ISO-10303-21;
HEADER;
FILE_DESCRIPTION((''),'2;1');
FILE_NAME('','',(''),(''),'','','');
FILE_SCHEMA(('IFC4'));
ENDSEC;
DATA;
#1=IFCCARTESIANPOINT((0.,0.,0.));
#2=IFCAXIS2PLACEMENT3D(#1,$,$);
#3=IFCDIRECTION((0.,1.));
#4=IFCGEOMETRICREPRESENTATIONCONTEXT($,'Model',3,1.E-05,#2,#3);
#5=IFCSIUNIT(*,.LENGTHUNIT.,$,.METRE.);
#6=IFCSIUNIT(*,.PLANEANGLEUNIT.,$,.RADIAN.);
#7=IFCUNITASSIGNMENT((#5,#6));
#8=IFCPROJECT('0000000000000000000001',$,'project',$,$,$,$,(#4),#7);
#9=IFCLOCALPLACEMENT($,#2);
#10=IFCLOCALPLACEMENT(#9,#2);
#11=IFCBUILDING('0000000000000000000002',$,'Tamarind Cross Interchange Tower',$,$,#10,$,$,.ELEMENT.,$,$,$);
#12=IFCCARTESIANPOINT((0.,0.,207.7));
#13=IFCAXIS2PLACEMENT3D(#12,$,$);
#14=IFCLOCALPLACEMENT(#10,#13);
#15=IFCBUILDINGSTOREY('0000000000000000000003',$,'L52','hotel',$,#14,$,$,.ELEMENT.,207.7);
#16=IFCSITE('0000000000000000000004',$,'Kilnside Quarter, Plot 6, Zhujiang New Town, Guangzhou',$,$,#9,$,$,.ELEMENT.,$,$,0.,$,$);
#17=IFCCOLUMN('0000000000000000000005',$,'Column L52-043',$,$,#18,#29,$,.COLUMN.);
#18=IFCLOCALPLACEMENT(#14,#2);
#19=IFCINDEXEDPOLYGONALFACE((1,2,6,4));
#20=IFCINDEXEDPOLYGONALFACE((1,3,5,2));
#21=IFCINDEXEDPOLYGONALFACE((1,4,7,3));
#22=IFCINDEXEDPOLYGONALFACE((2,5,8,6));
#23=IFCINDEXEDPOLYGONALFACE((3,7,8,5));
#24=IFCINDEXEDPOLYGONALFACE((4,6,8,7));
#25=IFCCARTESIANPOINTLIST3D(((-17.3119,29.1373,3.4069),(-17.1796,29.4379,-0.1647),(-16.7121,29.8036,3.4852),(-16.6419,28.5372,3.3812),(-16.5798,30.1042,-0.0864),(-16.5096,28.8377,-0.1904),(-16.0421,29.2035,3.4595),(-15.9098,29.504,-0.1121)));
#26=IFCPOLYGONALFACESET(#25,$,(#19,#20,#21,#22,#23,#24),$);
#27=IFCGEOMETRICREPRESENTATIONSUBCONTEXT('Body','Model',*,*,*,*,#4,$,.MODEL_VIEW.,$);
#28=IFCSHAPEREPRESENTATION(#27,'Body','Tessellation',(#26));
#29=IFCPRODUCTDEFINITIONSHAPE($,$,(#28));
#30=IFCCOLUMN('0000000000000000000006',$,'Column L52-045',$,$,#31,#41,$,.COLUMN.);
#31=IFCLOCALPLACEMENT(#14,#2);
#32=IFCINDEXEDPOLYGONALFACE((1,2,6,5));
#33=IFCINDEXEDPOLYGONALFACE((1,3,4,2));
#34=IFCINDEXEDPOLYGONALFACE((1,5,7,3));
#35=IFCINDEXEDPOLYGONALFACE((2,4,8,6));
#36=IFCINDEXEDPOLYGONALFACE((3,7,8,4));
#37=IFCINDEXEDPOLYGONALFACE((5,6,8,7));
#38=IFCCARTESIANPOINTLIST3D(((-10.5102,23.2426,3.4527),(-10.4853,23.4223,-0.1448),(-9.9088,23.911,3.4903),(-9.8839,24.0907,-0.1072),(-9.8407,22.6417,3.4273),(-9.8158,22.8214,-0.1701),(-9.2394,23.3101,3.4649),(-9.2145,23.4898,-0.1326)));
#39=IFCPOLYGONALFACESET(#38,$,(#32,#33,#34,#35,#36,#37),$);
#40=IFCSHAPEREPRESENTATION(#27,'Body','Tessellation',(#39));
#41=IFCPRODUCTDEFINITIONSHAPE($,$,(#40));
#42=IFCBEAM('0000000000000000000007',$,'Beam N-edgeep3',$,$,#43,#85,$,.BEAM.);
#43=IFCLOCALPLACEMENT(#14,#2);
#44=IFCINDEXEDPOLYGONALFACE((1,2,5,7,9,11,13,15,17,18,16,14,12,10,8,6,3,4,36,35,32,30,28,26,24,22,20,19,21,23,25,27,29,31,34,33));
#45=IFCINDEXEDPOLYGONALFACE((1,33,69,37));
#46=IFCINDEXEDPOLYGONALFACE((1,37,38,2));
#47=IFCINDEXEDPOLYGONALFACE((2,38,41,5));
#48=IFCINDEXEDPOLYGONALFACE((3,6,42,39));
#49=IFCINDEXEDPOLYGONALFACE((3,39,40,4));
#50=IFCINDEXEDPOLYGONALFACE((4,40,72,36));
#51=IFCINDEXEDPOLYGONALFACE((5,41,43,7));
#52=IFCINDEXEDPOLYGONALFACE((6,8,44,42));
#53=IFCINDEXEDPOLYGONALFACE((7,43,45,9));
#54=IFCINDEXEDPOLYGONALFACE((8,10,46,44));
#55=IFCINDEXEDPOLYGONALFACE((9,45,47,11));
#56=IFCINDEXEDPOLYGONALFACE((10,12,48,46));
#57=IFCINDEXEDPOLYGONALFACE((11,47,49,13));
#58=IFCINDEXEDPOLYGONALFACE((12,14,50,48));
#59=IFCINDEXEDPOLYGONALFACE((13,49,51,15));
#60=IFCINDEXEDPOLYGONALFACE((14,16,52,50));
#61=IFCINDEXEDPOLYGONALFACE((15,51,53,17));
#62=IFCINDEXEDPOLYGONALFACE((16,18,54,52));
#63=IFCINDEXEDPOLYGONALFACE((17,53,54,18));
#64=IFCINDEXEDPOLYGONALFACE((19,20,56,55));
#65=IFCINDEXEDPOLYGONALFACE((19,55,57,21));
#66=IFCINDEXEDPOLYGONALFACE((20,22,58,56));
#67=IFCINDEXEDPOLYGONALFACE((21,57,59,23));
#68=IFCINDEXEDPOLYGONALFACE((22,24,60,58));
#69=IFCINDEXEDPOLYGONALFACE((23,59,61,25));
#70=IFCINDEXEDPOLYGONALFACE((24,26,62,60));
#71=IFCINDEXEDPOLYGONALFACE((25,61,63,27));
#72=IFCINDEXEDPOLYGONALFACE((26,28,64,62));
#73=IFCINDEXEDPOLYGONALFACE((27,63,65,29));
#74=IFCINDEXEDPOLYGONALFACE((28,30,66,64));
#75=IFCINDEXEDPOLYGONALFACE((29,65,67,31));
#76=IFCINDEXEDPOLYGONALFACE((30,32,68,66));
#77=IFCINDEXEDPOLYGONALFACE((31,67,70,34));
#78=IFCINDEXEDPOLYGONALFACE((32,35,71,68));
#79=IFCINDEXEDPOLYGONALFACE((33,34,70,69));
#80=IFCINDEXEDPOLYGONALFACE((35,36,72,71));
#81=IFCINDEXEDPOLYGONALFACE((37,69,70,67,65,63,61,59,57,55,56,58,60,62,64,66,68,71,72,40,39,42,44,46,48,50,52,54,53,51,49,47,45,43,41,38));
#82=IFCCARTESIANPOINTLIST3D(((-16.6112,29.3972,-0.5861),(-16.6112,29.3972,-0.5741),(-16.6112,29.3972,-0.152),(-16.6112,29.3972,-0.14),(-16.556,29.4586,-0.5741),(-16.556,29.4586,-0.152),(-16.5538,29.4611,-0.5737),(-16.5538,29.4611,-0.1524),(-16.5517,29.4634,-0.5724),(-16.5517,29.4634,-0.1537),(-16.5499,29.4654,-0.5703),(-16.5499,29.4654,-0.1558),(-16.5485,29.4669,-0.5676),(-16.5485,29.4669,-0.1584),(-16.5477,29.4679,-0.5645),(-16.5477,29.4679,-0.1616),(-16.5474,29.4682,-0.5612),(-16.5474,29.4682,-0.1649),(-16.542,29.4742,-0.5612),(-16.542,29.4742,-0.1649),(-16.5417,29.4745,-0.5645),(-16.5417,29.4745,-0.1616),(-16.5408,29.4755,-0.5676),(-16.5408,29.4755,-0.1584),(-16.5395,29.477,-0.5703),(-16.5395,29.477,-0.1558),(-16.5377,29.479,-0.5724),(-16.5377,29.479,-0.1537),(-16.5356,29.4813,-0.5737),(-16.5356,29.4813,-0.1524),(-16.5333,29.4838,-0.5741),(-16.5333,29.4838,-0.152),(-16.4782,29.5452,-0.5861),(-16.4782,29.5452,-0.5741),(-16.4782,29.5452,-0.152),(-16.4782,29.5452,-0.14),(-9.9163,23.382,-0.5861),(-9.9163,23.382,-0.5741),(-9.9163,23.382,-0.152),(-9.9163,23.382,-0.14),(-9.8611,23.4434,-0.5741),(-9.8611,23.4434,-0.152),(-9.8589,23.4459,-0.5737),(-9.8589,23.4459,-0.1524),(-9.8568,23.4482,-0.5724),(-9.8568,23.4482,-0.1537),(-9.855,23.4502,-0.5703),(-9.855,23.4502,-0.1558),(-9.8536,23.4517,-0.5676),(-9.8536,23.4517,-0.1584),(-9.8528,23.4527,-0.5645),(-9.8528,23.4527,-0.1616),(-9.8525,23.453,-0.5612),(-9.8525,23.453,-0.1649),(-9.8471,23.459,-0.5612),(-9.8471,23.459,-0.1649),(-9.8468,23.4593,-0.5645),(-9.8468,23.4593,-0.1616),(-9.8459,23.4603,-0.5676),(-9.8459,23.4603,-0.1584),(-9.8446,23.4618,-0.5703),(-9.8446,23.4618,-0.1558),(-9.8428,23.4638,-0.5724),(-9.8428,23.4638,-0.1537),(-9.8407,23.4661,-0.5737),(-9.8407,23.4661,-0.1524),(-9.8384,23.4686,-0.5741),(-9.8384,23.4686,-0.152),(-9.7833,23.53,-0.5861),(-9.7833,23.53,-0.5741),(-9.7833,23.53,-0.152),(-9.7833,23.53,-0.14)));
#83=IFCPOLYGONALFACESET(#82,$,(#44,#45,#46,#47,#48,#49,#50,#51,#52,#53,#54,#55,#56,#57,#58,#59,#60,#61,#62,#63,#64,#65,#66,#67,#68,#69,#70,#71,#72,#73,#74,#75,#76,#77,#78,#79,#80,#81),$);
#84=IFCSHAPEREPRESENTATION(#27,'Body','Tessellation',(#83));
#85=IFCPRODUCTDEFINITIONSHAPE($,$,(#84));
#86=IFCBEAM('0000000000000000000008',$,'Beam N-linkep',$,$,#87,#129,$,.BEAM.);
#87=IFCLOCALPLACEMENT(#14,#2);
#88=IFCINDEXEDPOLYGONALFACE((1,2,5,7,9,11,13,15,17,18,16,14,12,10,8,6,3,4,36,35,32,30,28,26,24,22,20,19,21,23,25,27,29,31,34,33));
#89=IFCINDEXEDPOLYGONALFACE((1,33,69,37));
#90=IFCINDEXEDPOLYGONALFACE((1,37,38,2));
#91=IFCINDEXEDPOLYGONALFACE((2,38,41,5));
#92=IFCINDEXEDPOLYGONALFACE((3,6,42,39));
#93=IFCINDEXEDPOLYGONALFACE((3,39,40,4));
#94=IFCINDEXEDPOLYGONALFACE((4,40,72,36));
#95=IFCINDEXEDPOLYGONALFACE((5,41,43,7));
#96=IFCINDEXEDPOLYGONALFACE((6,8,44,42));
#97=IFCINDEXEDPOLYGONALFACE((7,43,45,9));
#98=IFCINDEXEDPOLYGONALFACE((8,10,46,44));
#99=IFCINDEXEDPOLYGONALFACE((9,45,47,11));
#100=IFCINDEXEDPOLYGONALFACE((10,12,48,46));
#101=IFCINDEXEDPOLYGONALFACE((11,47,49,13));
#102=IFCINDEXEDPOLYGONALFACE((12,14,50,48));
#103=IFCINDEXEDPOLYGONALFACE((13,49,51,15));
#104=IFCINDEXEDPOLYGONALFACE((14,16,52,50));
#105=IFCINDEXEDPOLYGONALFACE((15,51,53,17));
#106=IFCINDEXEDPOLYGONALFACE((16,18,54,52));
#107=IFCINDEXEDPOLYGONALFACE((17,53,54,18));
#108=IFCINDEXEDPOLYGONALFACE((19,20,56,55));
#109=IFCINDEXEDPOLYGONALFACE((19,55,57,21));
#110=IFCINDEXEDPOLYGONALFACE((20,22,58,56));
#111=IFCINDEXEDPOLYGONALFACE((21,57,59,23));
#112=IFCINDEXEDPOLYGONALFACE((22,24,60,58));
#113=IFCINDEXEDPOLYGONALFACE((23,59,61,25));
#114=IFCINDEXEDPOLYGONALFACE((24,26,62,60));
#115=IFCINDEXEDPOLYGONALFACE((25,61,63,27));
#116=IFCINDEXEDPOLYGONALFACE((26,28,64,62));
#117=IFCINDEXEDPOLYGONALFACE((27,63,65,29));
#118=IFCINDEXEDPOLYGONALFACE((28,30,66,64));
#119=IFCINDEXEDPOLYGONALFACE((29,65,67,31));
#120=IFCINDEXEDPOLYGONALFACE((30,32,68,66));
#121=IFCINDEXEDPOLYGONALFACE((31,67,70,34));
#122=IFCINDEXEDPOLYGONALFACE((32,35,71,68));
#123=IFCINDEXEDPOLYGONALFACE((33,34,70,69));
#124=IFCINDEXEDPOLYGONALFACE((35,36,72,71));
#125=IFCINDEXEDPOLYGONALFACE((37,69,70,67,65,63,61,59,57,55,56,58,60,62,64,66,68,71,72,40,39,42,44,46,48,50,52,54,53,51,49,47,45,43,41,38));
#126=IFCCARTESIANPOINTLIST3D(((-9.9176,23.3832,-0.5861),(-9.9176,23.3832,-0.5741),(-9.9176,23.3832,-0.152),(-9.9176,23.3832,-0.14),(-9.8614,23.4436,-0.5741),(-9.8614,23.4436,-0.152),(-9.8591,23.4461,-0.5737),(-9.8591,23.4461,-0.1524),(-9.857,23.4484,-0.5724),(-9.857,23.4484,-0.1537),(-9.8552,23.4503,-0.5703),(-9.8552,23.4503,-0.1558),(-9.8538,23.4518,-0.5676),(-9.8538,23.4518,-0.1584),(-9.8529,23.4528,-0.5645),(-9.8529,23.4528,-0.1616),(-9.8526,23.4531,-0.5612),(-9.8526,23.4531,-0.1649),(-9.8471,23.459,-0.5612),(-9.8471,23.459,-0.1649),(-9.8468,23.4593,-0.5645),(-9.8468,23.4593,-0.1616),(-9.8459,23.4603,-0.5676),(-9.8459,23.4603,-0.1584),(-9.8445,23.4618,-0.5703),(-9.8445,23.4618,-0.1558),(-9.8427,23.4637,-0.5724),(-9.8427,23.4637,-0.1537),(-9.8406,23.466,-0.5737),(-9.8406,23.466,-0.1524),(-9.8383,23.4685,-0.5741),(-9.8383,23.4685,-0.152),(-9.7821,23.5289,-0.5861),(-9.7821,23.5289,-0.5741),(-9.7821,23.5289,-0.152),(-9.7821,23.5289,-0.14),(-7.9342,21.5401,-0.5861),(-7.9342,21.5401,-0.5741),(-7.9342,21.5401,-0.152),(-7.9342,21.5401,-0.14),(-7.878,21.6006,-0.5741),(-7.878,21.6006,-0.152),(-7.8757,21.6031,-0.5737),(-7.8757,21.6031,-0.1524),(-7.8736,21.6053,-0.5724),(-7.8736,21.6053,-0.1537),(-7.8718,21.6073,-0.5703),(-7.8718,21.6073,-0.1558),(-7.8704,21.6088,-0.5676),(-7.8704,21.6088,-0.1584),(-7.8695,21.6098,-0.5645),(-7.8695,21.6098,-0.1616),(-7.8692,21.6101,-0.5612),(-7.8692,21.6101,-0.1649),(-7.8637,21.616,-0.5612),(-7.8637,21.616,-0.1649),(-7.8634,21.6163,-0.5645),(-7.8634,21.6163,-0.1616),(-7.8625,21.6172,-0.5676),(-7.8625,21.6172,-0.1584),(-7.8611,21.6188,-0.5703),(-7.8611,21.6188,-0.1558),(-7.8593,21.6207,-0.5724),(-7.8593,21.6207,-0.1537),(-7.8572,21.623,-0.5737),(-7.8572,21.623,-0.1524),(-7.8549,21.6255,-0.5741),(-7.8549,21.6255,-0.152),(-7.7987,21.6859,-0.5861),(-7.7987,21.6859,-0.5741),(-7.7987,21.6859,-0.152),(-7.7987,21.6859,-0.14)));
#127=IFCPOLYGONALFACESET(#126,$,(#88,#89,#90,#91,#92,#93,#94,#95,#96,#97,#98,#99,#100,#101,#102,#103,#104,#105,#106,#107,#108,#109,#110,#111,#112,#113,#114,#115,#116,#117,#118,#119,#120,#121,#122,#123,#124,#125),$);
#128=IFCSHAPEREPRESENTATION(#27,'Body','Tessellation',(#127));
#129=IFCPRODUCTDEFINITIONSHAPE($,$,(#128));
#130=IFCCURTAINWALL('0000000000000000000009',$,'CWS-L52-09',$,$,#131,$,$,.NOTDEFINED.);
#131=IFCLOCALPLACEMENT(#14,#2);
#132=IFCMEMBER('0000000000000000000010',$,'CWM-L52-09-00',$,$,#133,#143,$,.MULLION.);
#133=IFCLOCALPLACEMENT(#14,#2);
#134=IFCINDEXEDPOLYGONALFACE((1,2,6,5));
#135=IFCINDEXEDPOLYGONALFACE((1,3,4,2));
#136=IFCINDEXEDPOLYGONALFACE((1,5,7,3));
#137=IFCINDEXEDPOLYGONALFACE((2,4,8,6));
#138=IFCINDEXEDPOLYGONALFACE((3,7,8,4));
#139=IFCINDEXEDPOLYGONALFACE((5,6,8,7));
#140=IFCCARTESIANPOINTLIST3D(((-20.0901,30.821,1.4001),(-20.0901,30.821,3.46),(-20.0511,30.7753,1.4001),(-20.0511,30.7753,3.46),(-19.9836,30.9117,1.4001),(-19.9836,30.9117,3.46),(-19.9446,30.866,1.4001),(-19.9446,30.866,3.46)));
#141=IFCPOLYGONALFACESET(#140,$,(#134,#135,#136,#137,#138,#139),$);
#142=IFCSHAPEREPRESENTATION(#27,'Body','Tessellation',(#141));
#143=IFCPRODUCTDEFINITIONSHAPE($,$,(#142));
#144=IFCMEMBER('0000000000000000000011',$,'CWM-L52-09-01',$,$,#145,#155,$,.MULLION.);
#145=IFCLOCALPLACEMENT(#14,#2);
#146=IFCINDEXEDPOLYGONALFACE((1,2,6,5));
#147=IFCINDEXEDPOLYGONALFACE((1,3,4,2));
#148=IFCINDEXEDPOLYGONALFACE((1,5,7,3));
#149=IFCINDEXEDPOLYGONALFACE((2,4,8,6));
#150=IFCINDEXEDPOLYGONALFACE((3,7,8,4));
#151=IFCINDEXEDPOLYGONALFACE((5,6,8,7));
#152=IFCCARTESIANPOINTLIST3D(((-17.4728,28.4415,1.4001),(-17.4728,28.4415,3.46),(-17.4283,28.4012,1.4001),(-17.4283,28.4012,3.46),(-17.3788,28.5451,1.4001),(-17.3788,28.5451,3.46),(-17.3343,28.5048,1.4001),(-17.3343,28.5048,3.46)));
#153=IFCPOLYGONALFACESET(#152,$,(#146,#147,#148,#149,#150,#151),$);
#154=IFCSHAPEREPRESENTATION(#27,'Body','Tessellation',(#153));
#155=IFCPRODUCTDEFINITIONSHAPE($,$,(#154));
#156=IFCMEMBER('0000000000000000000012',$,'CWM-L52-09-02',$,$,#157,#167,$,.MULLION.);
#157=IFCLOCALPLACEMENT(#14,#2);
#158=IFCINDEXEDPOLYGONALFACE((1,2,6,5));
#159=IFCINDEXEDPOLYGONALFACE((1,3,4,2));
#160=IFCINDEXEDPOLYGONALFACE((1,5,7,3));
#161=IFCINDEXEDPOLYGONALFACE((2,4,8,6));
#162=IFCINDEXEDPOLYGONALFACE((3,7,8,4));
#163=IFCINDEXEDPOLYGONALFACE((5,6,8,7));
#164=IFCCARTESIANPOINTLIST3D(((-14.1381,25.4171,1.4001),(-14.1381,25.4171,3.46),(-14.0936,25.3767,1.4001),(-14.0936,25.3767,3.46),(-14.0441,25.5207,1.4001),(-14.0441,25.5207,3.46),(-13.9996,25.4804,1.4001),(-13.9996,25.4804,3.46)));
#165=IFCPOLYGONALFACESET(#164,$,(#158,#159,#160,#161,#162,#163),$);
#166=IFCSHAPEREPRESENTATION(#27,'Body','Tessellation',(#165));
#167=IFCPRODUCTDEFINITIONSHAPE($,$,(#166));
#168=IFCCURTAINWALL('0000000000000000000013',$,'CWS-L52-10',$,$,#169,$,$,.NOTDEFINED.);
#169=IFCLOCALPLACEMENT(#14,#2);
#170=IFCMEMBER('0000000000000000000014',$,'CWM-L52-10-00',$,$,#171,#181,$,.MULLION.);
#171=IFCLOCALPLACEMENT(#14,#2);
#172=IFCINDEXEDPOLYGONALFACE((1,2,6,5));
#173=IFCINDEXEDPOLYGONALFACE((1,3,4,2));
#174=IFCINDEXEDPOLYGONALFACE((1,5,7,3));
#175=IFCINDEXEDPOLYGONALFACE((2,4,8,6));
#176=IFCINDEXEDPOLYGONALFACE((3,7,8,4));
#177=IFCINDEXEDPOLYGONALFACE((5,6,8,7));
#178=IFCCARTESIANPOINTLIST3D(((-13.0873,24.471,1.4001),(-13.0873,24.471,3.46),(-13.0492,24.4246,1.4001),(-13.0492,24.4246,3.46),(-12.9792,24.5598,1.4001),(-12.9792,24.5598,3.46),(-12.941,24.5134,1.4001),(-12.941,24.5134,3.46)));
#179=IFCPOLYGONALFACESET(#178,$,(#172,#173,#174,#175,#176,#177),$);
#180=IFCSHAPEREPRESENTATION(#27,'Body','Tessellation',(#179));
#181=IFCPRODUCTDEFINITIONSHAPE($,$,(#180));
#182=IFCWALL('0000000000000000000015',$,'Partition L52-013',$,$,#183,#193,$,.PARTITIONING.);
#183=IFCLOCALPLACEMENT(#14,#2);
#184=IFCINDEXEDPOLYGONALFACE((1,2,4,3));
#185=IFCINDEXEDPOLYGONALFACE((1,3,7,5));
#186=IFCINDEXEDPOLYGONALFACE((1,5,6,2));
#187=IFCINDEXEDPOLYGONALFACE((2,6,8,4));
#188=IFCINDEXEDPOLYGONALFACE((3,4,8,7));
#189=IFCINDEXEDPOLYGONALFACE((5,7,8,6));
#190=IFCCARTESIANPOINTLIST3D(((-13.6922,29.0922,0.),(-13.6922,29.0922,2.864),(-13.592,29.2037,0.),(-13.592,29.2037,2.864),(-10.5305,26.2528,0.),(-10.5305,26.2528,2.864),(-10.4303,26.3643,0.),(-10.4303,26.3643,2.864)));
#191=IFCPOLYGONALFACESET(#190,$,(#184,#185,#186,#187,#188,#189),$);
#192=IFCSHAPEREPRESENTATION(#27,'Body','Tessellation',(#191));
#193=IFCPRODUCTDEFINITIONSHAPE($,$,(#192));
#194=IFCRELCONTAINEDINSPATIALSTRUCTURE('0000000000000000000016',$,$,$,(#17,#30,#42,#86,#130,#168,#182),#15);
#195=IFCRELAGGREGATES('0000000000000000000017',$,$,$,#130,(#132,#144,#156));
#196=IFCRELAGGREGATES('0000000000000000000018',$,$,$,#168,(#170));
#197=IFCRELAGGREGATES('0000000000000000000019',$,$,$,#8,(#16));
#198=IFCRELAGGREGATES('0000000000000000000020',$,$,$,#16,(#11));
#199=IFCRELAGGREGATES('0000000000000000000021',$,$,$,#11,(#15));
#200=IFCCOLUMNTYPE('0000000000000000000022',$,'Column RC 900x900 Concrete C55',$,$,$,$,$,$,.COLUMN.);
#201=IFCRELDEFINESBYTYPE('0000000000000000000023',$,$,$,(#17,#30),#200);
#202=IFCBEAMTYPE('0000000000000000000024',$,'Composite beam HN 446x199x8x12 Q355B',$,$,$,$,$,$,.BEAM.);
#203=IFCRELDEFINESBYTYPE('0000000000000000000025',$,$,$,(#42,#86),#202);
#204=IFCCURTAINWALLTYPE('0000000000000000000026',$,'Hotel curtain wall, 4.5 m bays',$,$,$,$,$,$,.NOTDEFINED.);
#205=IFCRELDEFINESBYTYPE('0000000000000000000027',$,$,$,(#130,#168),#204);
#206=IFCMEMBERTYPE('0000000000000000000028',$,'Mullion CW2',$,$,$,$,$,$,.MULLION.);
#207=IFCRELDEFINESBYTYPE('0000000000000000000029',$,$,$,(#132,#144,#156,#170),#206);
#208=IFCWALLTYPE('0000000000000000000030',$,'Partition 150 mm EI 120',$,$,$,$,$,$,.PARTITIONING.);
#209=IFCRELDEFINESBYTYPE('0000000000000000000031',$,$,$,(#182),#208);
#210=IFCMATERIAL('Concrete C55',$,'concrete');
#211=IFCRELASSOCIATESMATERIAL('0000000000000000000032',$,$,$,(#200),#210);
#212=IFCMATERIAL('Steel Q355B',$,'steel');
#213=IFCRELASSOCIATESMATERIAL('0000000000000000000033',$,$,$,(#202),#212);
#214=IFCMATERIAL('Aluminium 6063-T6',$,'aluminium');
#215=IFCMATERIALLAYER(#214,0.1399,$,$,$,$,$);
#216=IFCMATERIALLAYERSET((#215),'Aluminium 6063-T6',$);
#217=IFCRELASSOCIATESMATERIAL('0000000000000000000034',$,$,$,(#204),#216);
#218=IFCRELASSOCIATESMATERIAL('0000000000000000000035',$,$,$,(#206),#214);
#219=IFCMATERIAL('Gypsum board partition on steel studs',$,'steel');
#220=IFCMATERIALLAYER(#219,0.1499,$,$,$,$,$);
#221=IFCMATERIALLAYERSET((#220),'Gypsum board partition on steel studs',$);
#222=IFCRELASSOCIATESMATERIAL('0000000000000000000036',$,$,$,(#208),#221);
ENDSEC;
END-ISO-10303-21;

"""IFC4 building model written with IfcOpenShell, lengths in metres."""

from ifc_helpers import new_model, si_unit, direction, frame, frame_2d, origin, origin_2d, place, context, subcontext, project, spatial, rectangle, i_section, extrude, material, layer, layer_set, material_profile, profile_set, type_object, element, aggregate, save


model = new_model("IFC4")

# Units and contexts
model_context = context("Model", 3, precision=1e-05, world=origin(), true_north=direction((0.0, 1.0)))
body_context = subcontext(model_context, "Body", "Model", "MODEL_VIEW")
ifc_project = project(units=[si_unit("LENGTHUNIT", "METRE"), si_unit("PLANEANGLEUNIT", "RADIAN")], contexts=[model_context])

# Site, building, storey
site_placement = place(None, origin())
site = spatial("IfcSite", under=ifc_project, at=site_placement, Name="Kilnside Quarter, Plot 6, Zhujiang New Town, Guangzhou", CompositionType="ELEMENT", RefElevation=0.0)
building_placement = place(site_placement, origin())
building = spatial("IfcBuilding", under=site, at=building_placement, Name="Tamarind Cross Interchange Tower", CompositionType="ELEMENT")
storey_placement = place(building_placement, frame((0.0, 0.0, 207.7)))
storey = spatial("IfcBuildingStorey", under=building, at=storey_placement, Name="L52", Description="hotel", CompositionType="ELEMENT", Elevation=207.7)

# Columns
ifc_material_1 = material(Name="Concrete C55", Category="concrete")
ifc_material_profile_1 = material_profile(ifc_material_1, rectangle(XDim=0.8999, YDim=0.8999, at=origin_2d()), Name="RC 900x900")
ifc_profile_set_1 = profile_set([ifc_material_profile_1], Name="Concrete C55")
column_type = type_object("IfcColumnType", Name="Column RC 900x900 Concrete C55", PredefinedType="COLUMN", material=ifc_profile_set_1)
column_1_placement = place(storey_placement, frame((-16.5447, 29.4709, -0.1384), z_axis=(-0.036894, -0.083794, 0.9958), x_axis=(0.666515, 0.740398, 0.086997)))
element("IfcColumn", 1, at=column_1_placement, inside=storey, type_object=column_type, Name="Column L52-043", PredefinedType="COLUMN", context=body_context, shape_type="SweptSolid", body=[
    extrude(rectangle(XDim=0.8999, YDim=0.8999, at=origin_2d()), origin(), (0.0, 0.0, 1.0), 3.5867),
])
column_2_placement = place(storey_placement, frame((-9.8499, 23.4561, -0.1387), z_axis=(-0.006914, -0.049886, 0.998731), x_axis=(0.668247, 0.742768, 0.041726)))
element("IfcColumn", 2, at=column_2_placement, inside=storey, type_object=column_type, Name="Column L52-045", PredefinedType="COLUMN", context=body_context, shape_type="SweptSolid", body=[
    extrude(rectangle(XDim=0.8999, YDim=0.8999, at=origin_2d()), origin(), (0.0, 0.0, 1.0), 3.6021),
])

# Beams
ifc_material_2 = material(Name="Steel Q355B", Category="steel")
ifc_material_profile_2 = material_profile(ifc_material_2, i_section(OverallWidth=0.199, OverallDepth=0.446, WebThickness=0.0081, FlangeThickness=0.012, FilletRadius=0.0129, at=origin_2d()), Name="HN 446x199x8x12")
ifc_profile_set_2 = profile_set([ifc_material_profile_2], Name="Steel Q355B")
beam_type = type_object("IfcBeamType", Name="Composite beam HN 446x199x8x12 Q355B", PredefinedType="BEAM", material=ifc_profile_set_2)
beam_1_placement = place(storey_placement, frame((-16.5447, 29.4712, -0.363), z_axis=(0.743858, -0.668338, 0.0), x_axis=(0.668338, 0.743858, 0.0)))
element("IfcBeam", 3, at=beam_1_placement, inside=storey, type_object=beam_type, Name="Beam N-edgeep3", PredefinedType="BEAM", context=body_context, shape_type="SweptSolid", body=[
    extrude(i_section(OverallWidth=0.199, OverallDepth=0.446, WebThickness=0.0081, FlangeThickness=0.012, FilletRadius=0.0129, at=origin_2d()), origin(), (0.0, 0.0, 1.0), 9.0002),
])
beam_2_placement = place(storey_placement, frame((-9.8499, 23.4561, -0.363), z_axis=(0.732556, -0.680707, 0.0), x_axis=(0.680707, 0.732556, 0.0)))
element("IfcBeam", 4, at=beam_2_placement, inside=storey, type_object=beam_type, Name="Beam N-linkep", PredefinedType="BEAM", context=body_context, shape_type="SweptSolid", body=[
    extrude(i_section(OverallWidth=0.199, OverallDepth=0.446, WebThickness=0.0081, FlangeThickness=0.012, FilletRadius=0.0129, at=origin_2d()), origin(), (0.0, 0.0, 1.0), 2.7075),
])

# Curtain wall, members
ifc_material_3 = material(Name="Aluminium 6063-T6", Category="aluminium")
ifc_layer_1 = layer(ifc_material_3, 0.1399)
ifc_layer_set_1 = layer_set([ifc_layer_1], Name="Aluminium 6063-T6")
curtain_wall_type = type_object("IfcCurtainWallType", Name="Hotel curtain wall, 4.5 m bays", PredefinedType="NOTDEFINED", material=ifc_layer_set_1)
curtain_wall_1_placement = place(storey_placement, origin())
curtain_wall_1 = element("IfcCurtainWall", 5, at=curtain_wall_1_placement, inside=storey, type_object=curtain_wall_type, Name="CWS-L52-09", PredefinedType="NOTDEFINED")
ifc_material_profile_3 = material_profile(ifc_material_3, rectangle(XDim=0.0601, YDim=0.1399, at=origin_2d()), Name="Mullion CW2")
ifc_profile_set_3 = profile_set([ifc_material_profile_3], Name="Aluminium 6063-T6")
member_type = type_object("IfcMemberType", Name="Mullion CW2", PredefinedType="MULLION", material=ifc_profile_set_3)
member_1_placement = place(storey_placement, frame((-20.0173, 30.8435, 1.4001), z_axis=(0.0, 0.0, 1.0), x_axis=(0.648488, -0.761225, 0.0)))
member_1 = element("IfcMember", 6, at=member_1_placement, type_object=member_type, Name="CWM-L52-09-00", PredefinedType="MULLION", context=body_context, shape_type="SweptSolid", body=[
    extrude(rectangle(XDim=0.0601, YDim=0.1399, at=origin_2d()), origin(), (0.0, 0.0, 1.0), 2.0598),
])
member_2_placement = place(storey_placement, frame((-17.4036, 28.4731, 1.4001), z_axis=(0.0, 0.0, 1.0), x_axis=(0.740741, -0.67179, 0.0)))
member_2 = element("IfcMember", 7, at=member_2_placement, type_object=member_type, Name="CWM-L52-09-01", PredefinedType="MULLION", context=body_context, shape_type="SweptSolid", body=[
    extrude(rectangle(XDim=0.0601, YDim=0.1399, at=origin_2d()), origin(), (0.0, 0.0, 1.0), 2.0598),
])
member_3_placement = place(storey_placement, frame((-14.0688, 25.4487, 1.4001), z_axis=(0.0, 0.0, 1.0), x_axis=(0.740741, -0.67179, 0.0)))
member_3 = element("IfcMember", 8, at=member_3_placement, type_object=member_type, Name="CWM-L52-09-02", PredefinedType="MULLION", context=body_context, shape_type="SweptSolid", body=[
    extrude(rectangle(XDim=0.0601, YDim=0.1399, at=origin_2d()), origin(), (0.0, 0.0, 1.0), 2.0598),
])
aggregate(curtain_wall_1, [member_1, member_2, member_3])

# Curtain wall, member
curtain_wall_2_placement = place(storey_placement, origin())
curtain_wall_2 = element("IfcCurtainWall", 9, at=curtain_wall_2_placement, inside=storey, type_object=curtain_wall_type, Name="CWS-L52-10", PredefinedType="NOTDEFINED")
member_4_placement = place(storey_placement, frame((-13.0142, 24.4922, 1.4001), z_axis=(0.0, 0.0, 1.0), x_axis=(0.634503, -0.77292, 0.0)))
member_4 = element("IfcMember", 10, at=member_4_placement, type_object=member_type, Name="CWM-L52-10-00", PredefinedType="MULLION", context=body_context, shape_type="SweptSolid", body=[
    extrude(rectangle(XDim=0.0601, YDim=0.1399, at=origin_2d()), origin(), (0.0, 0.0, 1.0), 2.0598),
])
aggregate(curtain_wall_2, [member_4])

# Wall
ifc_material_4 = material(Name="Gypsum board partition on steel studs", Category="steel")
ifc_layer_2 = layer(ifc_material_4, 0.1499)
ifc_layer_set_2 = layer_set([ifc_layer_2], Name="Gypsum board partition on steel studs")
wall_type = type_object("IfcWallType", Name="Partition 150 mm EI 120", PredefinedType="PARTITIONING", material=ifc_layer_set_2)
wall_1_placement = place(storey_placement, frame((-13.6421, 29.1479, 0.0), z_axis=(0.0, 0.0, 1.0), x_axis=(0.744008, -0.668171, 0.0)))
element("IfcWall", 11, at=wall_1_placement, inside=storey, type_object=wall_type, Name="Partition L52-013", PredefinedType="PARTITIONING", context=body_context, shape_type="SweptSolid", body=[
    extrude(rectangle(XDim=4.2495, YDim=0.1499, at=frame_2d((2.1248, 0.0))), origin(), (0.0, 0.0, 1.0), 2.864),
])

save(model, "model.ifc")
